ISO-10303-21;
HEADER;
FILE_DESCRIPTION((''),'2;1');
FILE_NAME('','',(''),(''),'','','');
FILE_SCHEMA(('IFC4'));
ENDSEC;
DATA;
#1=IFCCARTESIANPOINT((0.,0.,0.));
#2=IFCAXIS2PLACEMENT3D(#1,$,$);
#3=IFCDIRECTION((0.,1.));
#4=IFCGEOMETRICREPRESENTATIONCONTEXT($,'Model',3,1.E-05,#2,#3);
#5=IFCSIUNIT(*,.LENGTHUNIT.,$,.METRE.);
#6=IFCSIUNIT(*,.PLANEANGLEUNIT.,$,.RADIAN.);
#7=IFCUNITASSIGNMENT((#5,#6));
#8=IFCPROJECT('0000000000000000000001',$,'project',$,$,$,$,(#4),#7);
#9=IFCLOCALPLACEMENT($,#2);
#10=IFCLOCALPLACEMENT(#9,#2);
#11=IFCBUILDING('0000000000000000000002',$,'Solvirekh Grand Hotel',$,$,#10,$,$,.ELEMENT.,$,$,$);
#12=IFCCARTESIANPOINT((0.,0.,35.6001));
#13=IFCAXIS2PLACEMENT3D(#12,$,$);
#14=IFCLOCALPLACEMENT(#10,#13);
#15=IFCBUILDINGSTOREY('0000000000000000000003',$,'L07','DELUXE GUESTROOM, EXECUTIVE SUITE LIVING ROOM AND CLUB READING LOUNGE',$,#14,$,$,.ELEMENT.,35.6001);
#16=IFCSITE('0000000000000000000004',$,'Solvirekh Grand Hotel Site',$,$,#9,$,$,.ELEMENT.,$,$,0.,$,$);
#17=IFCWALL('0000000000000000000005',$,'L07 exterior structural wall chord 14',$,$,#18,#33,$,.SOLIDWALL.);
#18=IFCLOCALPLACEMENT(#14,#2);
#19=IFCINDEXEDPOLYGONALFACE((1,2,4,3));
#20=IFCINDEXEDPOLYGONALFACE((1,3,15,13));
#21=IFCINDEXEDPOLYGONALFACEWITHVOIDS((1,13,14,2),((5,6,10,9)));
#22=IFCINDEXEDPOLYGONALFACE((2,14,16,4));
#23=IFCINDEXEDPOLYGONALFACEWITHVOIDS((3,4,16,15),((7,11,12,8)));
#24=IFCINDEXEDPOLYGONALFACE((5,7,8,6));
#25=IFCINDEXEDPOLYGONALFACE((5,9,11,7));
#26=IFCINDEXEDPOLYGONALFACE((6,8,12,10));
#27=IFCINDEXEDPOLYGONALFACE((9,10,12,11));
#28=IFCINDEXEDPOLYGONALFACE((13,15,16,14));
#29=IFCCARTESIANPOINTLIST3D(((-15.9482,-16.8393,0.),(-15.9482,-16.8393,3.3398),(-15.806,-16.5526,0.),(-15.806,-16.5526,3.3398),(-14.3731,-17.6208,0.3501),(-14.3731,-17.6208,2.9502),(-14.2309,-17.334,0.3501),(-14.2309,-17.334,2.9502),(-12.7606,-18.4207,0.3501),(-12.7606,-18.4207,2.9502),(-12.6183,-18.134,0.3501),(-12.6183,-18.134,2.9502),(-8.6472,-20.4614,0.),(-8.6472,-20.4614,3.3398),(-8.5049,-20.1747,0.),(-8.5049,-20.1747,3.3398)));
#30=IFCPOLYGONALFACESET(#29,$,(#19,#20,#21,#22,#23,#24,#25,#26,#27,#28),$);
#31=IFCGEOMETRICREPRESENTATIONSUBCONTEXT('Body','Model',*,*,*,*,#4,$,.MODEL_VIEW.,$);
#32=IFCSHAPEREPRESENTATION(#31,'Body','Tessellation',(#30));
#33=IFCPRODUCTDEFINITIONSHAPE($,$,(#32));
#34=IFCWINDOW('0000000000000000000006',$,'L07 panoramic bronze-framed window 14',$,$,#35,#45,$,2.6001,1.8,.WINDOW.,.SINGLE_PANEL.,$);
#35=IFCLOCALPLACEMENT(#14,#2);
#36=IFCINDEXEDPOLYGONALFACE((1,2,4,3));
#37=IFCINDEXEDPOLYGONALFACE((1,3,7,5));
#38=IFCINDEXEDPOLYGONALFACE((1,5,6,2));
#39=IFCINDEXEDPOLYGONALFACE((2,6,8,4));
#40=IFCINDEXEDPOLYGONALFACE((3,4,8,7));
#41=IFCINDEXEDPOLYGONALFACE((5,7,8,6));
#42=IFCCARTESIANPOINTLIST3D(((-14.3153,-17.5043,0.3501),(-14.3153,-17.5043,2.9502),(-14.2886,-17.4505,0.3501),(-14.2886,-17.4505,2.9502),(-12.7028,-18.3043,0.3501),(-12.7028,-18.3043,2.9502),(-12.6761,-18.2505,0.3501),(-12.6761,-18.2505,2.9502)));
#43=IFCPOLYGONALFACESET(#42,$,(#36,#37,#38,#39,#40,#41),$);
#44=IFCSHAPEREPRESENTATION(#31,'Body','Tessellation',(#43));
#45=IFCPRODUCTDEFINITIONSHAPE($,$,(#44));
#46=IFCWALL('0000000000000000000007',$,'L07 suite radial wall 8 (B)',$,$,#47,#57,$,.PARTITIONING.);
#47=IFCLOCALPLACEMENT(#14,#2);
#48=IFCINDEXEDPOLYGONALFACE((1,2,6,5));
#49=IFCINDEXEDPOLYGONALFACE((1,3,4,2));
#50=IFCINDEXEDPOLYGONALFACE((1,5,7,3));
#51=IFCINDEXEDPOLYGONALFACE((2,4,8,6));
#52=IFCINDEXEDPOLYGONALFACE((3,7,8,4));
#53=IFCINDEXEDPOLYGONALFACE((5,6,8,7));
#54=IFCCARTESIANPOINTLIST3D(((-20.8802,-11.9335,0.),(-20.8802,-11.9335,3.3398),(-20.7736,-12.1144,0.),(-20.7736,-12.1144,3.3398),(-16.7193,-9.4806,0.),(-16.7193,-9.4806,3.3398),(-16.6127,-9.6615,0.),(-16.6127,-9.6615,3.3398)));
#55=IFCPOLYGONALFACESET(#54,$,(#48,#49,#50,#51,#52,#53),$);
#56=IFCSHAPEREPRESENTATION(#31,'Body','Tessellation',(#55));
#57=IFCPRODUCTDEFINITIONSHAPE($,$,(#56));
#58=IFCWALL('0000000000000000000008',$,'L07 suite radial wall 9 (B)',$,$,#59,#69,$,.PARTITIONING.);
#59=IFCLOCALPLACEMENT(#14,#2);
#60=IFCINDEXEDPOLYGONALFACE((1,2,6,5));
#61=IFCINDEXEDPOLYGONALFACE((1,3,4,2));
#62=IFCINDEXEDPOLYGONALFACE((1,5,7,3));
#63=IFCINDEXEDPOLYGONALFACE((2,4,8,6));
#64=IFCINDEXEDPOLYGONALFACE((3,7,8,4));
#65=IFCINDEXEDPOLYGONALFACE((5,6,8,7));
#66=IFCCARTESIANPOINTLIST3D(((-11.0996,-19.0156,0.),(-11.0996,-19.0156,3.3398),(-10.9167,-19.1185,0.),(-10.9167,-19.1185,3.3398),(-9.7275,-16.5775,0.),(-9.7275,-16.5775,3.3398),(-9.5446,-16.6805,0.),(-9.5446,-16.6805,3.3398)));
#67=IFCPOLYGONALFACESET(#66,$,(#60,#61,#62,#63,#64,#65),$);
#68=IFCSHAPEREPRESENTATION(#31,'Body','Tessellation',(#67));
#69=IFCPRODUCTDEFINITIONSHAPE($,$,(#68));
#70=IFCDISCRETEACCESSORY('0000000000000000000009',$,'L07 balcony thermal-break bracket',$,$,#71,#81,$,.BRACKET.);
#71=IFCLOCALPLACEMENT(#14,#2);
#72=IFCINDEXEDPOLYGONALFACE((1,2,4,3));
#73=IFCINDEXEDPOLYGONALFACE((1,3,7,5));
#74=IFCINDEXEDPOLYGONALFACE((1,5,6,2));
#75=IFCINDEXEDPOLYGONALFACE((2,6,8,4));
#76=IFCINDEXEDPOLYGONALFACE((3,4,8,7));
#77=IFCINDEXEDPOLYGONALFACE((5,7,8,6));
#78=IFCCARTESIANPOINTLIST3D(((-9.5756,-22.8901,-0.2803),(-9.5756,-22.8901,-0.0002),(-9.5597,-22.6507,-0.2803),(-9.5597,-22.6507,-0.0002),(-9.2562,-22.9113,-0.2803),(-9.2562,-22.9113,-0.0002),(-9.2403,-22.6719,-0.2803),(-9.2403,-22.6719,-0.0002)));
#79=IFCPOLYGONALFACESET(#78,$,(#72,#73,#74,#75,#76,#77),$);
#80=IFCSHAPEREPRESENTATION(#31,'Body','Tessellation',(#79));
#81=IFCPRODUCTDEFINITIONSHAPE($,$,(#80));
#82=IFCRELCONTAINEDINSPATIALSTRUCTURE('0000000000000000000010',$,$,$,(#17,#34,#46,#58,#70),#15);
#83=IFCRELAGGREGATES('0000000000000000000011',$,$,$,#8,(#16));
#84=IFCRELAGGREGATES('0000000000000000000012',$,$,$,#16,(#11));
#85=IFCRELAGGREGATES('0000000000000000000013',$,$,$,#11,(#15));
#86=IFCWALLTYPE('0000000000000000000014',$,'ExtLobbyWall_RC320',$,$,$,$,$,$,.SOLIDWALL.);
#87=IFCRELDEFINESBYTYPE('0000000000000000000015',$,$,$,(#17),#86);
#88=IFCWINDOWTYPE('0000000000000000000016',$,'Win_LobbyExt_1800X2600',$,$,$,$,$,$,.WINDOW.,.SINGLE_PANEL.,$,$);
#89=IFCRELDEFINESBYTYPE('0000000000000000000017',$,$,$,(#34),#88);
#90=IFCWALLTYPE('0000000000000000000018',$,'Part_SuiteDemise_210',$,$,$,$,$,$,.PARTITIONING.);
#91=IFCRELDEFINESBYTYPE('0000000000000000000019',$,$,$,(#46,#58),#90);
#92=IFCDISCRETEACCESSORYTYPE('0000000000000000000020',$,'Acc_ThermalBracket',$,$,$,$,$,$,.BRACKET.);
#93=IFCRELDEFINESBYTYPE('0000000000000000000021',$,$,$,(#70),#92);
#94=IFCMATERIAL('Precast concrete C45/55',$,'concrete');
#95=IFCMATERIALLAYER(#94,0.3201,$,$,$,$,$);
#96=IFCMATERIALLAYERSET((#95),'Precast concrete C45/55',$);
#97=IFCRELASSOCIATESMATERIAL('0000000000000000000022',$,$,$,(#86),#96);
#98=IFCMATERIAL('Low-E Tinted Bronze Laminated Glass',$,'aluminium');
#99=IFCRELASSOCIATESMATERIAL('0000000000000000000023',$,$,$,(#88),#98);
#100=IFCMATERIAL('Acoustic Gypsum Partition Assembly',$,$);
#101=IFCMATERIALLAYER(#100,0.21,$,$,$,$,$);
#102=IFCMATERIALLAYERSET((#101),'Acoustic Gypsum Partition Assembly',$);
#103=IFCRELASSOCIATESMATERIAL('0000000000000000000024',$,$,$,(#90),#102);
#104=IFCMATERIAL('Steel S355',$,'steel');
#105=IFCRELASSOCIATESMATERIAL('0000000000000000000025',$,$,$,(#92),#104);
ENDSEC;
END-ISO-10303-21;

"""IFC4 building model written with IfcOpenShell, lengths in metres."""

from ifc_helpers import new_model, si_unit, direction, frame, frame_2d, origin, origin_2d, place, context, subcontext, project, spatial, rectangle, extrude, material, layer, layer_set, type_object, element, fill, save


model = new_model("IFC4")

# Units and contexts
model_context = context("Model", 3, precision=1e-05, world=origin(), true_north=direction((0.0, 1.0)))
body_context = subcontext(model_context, "Body", "Model", "MODEL_VIEW")
ifc_project = project(units=[si_unit("LENGTHUNIT", "METRE"), si_unit("PLANEANGLEUNIT", "RADIAN")], contexts=[model_context])

# Site, building, storey
site_placement = place(None, origin())
site = spatial("IfcSite", under=ifc_project, at=site_placement, Name="Solvirekh Grand Hotel Site", CompositionType="ELEMENT", RefElevation=0.0)
building_placement = place(site_placement, origin())
building = spatial("IfcBuilding", under=site, at=building_placement, Name="Solvirekh Grand Hotel", CompositionType="ELEMENT")
storey_placement = place(building_placement, frame((0.0, 0.0, 35.6001)))
storey = spatial("IfcBuildingStorey", under=building, at=storey_placement, Name="L07", Description="DELUXE GUESTROOM, EXECUTIVE SUITE LIVING ROOM AND CLUB READING LOUNGE", CompositionType="ELEMENT", Elevation=35.6001)

# Shared definitions
ifc_material_1 = material(Name="Steel S355", Category="steel")

# Shared definitions
ifc_material_2 = material(Name="Low-E Tinted Bronze Laminated Glass", Category="aluminium")

# Wall, opening, window
ifc_material_3 = material(Name="Precast concrete C45/55", Category="concrete")
ifc_layer_1 = layer(ifc_material_3, 0.3201)
ifc_layer_set_1 = layer_set([ifc_layer_1], Name="Precast concrete C45/55")
wall_type_1 = type_object("IfcWallType", Name="ExtLobbyWall_RC320", PredefinedType="SOLIDWALL", material=ifc_layer_set_1)
window_type = type_object("IfcWindowType", Name="Win_LobbyExt_1800X2600", PartitioningType="SINGLE_PANEL", PredefinedType="WINDOW", material=ifc_material_2)
wall_1_placement = place(storey_placement, frame((-8.5759, -20.3181, 0.0), z_axis=(0.0, 0.0, 1.0), x_axis=(-0.895819, 0.44442, 0.0)))
wall_1 = element("IfcWall", 1, at=wall_1_placement, inside=storey, type_object=wall_type_1, Name="L07 exterior structural wall chord 14", PredefinedType="SOLIDWALL", context=body_context, shape_type="SweptSolid", body=[
    extrude(rectangle(XDim=8.1501, YDim=0.3201, at=frame_2d((4.0752, 0.0))), origin(), (0.0, 0.0, 1.0), 3.3398),
])
opening_1_placement = place(wall_1_placement, frame((4.592, 0.0, 0.3501)))
opening_1 = element("IfcOpeningElement", 2, at=opening_1_placement, cuts=wall_1, PredefinedType="OPENING", context=body_context, shape_type="SweptSolid", body=[
    extrude(rectangle(XDim=1.8, YDim=2.6001, at=frame_2d((0.8999, 1.3))), frame((0.0, 0.1699, 0.0), z_axis=(0.0, -1.0, 0.0), x_axis=(1.0, 0.0, 0.0)), (0.0, 0.0, 1.0), 0.3401),
])
window_1_placement = place(opening_1_placement, origin())
window_1 = element("IfcWindow", 3, at=window_1_placement, inside=storey, type_object=window_type, Name="L07 panoramic bronze-framed window 14", OverallHeight=2.6001, OverallWidth=1.8, PartitioningType="SINGLE_PANEL", PredefinedType="WINDOW", context=body_context, shape_type="SweptSolid", body=[
    extrude(rectangle(XDim=1.8, YDim=2.6001, at=frame_2d((0.8999, 1.3))), frame((0.0, 0.03, 0.0), z_axis=(0.0, -1.0, 0.0), x_axis=(1.0, 0.0, 0.0)), (0.0, 0.0, 1.0), 0.0601),
])
fill(opening_1, window_1)

# Walls
ifc_material_4 = material(Name="Acoustic Gypsum Partition Assembly")
ifc_layer_2 = layer(ifc_material_4, 0.21)
ifc_layer_set_2 = layer_set([ifc_layer_2], Name="Acoustic Gypsum Partition Assembly")
wall_type_2 = type_object("IfcWallType", Name="Part_SuiteDemise_210", PredefinedType="PARTITIONING", material=ifc_layer_set_2)
wall_2_placement = place(storey_placement, frame((-16.666, -9.571, 0.0), z_axis=(0.0, 0.0, 1.0), x_axis=(-0.861454, -0.507835, 0.0)))
element("IfcWall", 4, at=wall_2_placement, inside=storey, type_object=wall_type_2, Name="L07 suite radial wall 8 (B)", PredefinedType="PARTITIONING", context=body_context, shape_type="SweptSolid", body=[
    extrude(rectangle(XDim=4.8301, YDim=0.21, at=frame_2d((2.415, 0.0))), origin(), (0.0, 0.0, 1.0), 3.3398),
])
wall_3_placement = place(storey_placement, frame((-9.636, -16.6289, 0.0), z_axis=(0.0, 0.0, 1.0), x_axis=(-0.490452, -0.871468, 0.0)))
element("IfcWall", 5, at=wall_3_placement, inside=storey, type_object=wall_type_2, Name="L07 suite radial wall 9 (B)", PredefinedType="PARTITIONING", context=body_context, shape_type="SweptSolid", body=[
    extrude(rectangle(XDim=2.7976, YDim=0.21, at=frame_2d((1.3989, 0.0))), origin(), (0.0, 0.0, 1.0), 3.3398),
])

# Discrete accessory
discrete_accessory_type = type_object("IfcDiscreteAccessoryType", Name="Acc_ThermalBracket", PredefinedType="BRACKET", material=ifc_material_1)
discrete_accessory_placement = place(storey_placement, frame((-9.408, -22.781, -0.2803), z_axis=(0.0, 0.0, 1.0), x_axis=(0.997801, -0.066274, 0.0)))
element("IfcDiscreteAccessory", 6, at=discrete_accessory_placement, inside=storey, type_object=discrete_accessory_type, Name="L07 balcony thermal-break bracket", PredefinedType="BRACKET", context=body_context, shape_type="SweptSolid", body=[
    extrude(rectangle(XDim=0.3201, YDim=0.24, at=origin_2d()), origin(), (0.0, 0.0, 1.0), 0.28),
])

save(model, "model.ifc")
